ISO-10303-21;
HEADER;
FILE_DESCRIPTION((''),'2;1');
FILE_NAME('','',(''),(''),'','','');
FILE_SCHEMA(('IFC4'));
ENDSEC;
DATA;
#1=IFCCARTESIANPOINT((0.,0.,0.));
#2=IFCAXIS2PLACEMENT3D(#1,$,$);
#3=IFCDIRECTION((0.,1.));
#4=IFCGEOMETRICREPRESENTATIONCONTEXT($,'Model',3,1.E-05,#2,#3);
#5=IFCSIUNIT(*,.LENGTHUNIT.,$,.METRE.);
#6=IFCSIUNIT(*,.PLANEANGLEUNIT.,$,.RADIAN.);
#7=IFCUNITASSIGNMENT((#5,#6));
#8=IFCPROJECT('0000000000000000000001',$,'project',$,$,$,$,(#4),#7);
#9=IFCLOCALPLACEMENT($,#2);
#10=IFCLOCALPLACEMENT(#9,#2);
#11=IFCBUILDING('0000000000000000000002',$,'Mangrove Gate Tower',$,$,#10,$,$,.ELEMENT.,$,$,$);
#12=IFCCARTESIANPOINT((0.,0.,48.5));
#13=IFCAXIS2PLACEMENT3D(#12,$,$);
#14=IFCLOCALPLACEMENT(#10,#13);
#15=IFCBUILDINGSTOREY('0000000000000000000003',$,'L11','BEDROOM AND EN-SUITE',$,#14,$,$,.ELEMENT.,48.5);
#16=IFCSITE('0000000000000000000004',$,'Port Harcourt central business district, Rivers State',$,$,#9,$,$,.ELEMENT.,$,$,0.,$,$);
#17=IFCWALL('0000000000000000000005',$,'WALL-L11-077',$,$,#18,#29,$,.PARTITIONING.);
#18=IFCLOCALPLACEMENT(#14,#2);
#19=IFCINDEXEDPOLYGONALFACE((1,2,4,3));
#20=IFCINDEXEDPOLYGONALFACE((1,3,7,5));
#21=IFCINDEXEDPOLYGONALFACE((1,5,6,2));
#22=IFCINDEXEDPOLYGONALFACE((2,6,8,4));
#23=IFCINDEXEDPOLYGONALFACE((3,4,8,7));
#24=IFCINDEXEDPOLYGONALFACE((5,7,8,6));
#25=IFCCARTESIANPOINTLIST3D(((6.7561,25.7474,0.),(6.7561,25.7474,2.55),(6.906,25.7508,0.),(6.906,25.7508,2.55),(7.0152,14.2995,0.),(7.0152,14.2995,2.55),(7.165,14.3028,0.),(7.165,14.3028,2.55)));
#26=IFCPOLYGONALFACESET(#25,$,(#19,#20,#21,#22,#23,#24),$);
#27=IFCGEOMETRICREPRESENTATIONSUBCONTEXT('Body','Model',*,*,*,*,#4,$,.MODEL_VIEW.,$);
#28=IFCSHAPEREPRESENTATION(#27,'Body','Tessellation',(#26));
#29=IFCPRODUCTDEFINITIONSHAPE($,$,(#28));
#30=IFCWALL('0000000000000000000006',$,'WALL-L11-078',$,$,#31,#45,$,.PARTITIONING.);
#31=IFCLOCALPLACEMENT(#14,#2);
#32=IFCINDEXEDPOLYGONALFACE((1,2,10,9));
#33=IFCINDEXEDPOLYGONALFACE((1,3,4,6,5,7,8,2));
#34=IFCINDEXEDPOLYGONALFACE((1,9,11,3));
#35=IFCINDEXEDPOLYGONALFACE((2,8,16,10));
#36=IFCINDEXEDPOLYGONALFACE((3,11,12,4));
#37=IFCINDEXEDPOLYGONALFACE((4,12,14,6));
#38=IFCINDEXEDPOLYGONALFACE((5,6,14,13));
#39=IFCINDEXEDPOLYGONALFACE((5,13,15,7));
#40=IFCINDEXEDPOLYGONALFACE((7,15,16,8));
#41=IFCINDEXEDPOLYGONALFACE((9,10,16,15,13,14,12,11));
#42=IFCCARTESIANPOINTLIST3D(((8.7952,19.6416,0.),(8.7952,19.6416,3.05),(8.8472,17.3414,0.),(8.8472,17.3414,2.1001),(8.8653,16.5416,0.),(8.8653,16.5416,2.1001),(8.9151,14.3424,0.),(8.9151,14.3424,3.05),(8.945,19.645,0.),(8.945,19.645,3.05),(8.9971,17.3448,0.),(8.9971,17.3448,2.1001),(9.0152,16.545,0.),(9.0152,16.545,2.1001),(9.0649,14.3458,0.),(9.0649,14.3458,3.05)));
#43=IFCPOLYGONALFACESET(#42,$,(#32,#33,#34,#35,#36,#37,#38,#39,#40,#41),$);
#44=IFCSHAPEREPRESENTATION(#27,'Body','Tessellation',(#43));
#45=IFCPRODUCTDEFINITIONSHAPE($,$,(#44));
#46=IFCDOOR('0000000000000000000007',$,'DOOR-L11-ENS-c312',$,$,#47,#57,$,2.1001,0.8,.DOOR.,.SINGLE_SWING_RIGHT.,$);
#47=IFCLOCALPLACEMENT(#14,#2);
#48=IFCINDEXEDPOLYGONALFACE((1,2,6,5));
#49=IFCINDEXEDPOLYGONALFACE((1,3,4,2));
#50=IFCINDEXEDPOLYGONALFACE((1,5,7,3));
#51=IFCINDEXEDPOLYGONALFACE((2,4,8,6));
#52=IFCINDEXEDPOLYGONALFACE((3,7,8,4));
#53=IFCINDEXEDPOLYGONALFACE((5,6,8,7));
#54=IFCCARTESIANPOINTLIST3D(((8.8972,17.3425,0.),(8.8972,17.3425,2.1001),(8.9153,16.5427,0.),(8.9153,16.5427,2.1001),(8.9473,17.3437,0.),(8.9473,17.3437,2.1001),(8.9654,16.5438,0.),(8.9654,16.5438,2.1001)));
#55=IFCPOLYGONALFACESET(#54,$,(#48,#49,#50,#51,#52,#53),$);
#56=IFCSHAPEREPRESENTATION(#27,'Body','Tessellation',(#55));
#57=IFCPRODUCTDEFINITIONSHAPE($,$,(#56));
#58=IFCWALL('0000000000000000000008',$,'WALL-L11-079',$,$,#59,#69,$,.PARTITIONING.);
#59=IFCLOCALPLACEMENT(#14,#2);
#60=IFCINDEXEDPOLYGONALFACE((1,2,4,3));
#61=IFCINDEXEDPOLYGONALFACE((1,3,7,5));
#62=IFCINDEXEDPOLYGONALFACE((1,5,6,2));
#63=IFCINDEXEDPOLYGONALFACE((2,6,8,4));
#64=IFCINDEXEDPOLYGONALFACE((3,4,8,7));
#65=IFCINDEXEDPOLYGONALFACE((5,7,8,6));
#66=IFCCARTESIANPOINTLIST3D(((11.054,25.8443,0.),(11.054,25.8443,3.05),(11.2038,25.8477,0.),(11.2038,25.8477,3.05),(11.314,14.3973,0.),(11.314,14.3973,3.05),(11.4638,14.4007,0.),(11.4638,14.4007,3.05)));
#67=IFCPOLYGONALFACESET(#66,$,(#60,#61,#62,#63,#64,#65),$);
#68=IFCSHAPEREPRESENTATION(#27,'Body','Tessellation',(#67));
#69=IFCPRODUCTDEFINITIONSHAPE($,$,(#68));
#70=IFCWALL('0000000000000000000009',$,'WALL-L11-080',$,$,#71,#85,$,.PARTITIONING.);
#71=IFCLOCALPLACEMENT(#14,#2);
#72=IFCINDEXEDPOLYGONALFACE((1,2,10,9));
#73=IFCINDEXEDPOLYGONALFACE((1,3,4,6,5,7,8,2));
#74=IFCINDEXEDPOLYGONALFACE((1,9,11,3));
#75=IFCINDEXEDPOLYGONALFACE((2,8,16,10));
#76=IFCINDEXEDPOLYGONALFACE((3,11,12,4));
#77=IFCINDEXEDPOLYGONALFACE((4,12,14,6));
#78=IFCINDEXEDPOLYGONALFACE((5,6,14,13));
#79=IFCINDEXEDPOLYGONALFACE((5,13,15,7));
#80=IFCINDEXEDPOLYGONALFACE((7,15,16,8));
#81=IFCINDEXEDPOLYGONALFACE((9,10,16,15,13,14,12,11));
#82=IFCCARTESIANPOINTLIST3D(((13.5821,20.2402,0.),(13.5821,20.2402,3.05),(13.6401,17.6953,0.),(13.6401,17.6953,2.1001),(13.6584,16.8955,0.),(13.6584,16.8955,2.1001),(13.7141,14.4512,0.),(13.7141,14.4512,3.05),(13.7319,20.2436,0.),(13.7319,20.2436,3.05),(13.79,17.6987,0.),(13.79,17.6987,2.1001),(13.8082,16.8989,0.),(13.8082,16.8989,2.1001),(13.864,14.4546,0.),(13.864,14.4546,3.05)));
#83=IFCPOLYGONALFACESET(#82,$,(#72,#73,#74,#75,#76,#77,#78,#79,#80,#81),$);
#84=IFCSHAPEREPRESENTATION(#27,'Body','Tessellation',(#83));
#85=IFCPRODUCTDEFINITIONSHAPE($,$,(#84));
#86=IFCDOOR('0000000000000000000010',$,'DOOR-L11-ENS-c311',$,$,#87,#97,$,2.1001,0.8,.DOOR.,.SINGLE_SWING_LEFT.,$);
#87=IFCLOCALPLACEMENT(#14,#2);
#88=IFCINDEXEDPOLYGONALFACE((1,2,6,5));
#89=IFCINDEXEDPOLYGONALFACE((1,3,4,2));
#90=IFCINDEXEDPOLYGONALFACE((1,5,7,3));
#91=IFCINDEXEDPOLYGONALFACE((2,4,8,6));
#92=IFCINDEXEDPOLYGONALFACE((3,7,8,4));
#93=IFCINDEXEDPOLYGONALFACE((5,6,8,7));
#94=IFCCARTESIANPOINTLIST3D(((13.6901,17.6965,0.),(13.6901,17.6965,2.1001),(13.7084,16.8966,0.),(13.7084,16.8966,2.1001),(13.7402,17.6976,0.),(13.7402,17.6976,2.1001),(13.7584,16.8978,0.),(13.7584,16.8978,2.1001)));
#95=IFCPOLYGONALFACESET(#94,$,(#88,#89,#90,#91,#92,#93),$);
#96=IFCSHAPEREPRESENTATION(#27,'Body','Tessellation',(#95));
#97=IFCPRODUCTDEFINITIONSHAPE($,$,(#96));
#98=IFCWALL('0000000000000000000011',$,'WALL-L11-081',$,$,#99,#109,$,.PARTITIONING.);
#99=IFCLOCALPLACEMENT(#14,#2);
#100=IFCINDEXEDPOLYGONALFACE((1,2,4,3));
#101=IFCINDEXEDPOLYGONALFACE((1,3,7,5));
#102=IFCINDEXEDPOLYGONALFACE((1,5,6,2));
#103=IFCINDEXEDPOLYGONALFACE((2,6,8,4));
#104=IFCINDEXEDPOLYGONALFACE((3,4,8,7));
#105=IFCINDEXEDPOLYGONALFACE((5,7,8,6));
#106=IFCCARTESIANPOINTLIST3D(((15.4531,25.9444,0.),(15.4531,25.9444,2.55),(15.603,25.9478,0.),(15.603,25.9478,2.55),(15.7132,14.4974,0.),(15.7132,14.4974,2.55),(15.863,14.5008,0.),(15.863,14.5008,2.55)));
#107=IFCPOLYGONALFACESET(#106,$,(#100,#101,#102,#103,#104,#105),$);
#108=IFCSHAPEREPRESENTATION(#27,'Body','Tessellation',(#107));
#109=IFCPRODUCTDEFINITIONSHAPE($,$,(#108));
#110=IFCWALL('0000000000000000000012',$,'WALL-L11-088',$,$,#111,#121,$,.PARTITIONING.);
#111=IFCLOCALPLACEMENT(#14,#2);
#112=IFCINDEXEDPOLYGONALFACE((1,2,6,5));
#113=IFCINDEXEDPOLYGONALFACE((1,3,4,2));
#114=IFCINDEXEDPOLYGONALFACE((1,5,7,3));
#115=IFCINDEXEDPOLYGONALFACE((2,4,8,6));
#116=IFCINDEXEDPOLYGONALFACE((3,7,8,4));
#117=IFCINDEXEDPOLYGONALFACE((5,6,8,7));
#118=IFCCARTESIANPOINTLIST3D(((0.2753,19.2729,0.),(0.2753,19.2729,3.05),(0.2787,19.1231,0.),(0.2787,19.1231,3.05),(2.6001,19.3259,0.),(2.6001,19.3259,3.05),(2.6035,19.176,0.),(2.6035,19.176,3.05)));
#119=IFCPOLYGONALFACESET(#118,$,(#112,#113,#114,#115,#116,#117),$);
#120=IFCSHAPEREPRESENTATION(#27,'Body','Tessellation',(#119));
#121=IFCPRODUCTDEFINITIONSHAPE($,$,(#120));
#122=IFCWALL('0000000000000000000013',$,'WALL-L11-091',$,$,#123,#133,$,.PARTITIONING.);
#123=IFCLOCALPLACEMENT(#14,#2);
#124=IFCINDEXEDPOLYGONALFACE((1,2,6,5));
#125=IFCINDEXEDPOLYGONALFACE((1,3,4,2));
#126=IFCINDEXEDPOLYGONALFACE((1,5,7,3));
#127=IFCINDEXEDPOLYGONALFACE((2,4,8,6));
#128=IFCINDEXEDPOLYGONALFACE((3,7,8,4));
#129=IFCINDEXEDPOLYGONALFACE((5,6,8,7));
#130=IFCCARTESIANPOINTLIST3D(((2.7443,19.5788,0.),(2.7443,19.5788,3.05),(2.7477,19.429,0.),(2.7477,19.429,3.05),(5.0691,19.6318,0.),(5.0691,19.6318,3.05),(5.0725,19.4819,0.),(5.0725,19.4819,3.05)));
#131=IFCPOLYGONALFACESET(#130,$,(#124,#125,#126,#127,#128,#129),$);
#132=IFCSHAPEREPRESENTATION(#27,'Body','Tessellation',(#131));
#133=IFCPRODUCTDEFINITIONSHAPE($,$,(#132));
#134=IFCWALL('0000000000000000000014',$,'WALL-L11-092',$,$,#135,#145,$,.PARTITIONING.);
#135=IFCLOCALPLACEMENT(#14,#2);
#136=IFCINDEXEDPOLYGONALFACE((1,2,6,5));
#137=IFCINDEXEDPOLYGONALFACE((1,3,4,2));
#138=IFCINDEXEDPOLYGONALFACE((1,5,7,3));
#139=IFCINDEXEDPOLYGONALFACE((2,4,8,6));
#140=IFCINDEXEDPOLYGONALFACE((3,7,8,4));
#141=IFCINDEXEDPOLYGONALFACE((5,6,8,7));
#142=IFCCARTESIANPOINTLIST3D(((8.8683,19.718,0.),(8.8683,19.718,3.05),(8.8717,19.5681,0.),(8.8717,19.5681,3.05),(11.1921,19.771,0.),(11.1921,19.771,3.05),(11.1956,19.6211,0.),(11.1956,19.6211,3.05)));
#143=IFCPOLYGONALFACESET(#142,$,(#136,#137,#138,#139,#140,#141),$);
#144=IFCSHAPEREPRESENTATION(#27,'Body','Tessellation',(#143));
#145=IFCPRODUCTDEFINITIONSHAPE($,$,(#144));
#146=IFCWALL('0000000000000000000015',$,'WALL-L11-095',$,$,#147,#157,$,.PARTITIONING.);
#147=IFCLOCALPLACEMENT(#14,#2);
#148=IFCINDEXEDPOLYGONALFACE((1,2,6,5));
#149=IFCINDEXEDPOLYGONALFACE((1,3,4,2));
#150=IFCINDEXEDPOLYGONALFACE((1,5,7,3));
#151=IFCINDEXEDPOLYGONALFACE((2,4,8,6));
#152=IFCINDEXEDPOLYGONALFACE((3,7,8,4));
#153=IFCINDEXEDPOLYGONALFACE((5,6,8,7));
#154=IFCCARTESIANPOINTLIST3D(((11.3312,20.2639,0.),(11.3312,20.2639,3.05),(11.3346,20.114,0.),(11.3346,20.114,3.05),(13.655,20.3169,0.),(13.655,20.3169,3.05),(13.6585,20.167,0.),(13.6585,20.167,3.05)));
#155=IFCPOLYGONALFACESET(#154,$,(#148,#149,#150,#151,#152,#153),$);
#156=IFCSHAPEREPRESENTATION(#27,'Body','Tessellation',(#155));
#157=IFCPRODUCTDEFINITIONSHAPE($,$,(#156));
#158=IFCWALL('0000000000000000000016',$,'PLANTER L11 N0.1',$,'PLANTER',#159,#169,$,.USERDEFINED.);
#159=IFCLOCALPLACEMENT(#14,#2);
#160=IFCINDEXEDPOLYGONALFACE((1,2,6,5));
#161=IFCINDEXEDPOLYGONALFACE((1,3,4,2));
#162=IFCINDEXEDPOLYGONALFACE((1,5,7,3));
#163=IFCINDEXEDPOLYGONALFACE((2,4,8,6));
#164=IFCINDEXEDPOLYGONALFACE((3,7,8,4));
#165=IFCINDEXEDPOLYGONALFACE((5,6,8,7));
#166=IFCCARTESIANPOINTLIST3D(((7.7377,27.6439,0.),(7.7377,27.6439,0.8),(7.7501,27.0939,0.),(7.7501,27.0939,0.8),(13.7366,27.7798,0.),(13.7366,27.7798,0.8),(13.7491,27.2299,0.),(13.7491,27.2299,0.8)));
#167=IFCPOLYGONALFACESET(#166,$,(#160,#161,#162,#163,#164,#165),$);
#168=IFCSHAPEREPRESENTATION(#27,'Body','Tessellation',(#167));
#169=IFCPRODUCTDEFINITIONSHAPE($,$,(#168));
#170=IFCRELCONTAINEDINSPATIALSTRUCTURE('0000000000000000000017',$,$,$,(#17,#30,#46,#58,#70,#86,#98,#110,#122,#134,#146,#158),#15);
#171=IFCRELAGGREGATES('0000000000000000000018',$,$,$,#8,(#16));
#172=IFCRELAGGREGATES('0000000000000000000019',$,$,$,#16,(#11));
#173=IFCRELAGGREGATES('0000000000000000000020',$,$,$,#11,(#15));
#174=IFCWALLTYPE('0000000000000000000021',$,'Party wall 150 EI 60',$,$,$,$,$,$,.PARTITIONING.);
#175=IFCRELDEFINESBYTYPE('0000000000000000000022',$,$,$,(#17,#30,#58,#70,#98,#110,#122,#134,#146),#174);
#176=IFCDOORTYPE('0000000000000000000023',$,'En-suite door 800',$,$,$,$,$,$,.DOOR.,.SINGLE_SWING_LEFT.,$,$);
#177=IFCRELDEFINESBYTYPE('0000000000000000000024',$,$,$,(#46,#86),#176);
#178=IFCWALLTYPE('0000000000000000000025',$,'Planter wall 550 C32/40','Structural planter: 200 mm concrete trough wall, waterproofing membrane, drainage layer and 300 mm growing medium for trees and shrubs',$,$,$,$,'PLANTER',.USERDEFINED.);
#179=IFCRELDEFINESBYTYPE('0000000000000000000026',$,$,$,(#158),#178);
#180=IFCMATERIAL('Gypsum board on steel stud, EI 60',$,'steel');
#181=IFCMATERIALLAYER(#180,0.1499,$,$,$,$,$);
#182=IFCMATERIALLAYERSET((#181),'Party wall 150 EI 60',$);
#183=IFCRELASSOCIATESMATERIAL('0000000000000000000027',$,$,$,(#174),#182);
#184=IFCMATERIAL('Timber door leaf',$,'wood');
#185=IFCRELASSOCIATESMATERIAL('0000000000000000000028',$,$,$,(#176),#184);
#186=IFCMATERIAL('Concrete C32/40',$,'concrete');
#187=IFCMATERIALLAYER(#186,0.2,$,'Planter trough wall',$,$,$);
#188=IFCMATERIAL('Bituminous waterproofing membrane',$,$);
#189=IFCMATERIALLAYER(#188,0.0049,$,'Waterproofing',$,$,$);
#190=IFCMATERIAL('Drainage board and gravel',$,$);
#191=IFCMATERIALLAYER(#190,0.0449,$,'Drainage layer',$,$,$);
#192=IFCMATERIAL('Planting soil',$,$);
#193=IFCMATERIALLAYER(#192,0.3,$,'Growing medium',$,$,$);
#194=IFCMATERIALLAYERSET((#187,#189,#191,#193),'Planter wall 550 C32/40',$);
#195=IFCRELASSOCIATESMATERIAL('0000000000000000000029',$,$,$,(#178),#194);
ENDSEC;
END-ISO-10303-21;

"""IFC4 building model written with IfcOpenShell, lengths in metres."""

from ifc_helpers import new_model, si_unit, direction, frame, frame_2d, origin, place, context, subcontext, project, spatial, rectangle, extrude, material, layer, layer_set, type_object, element, fill, save


model = new_model("IFC4")

# Units and contexts
model_context = context("Model", 3, precision=1e-05, world=origin(), true_north=direction((0.0, 1.0)))
body_context = subcontext(model_context, "Body", "Model", "MODEL_VIEW")
ifc_project = project(units=[si_unit("LENGTHUNIT", "METRE"), si_unit("PLANEANGLEUNIT", "RADIAN")], contexts=[model_context])

# Site, building, storey
site_placement = place(None, origin())
site = spatial("IfcSite", under=ifc_project, at=site_placement, Name="Port Harcourt central business district, Rivers State", CompositionType="ELEMENT", RefElevation=0.0)
building_placement = place(site_placement, origin())
building = spatial("IfcBuilding", under=site, at=building_placement, Name="Mangrove Gate Tower", CompositionType="ELEMENT")
storey_placement = place(building_placement, frame((0.0, 0.0, 48.5)))
storey = spatial("IfcBuildingStorey", under=building, at=storey_placement, Name="L11", Description="BEDROOM AND EN-SUITE", CompositionType="ELEMENT", Elevation=48.5)

# Shared definitions
ifc_material_1 = material(Name="Gypsum board on steel stud, EI 60", Category="steel")
ifc_layer_1 = layer(ifc_material_1, 0.1499)
ifc_layer_set_1 = layer_set([ifc_layer_1], Name="Party wall 150 EI 60")
wall_type_1 = type_object("IfcWallType", Name="Party wall 150 EI 60", PredefinedType="PARTITIONING", material=ifc_layer_set_1)
ifc_material_2 = material(Name="Timber door leaf", Category="wood")
door_type_1 = type_object("IfcDoorType", Name="En-suite door 800", OperationType="SINGLE_SWING_LEFT", PredefinedType="DOOR", material=ifc_material_2)

# Wall
wall_1_placement = place(storey_placement, frame((7.0901, 14.301, 0.0), z_axis=(0.0, 0.0, 1.0), x_axis=(-0.022621, 0.999744, 0.0)))
element("IfcWall", 1, at=wall_1_placement, inside=storey, type_object=wall_type_1, Name="WALL-L11-077", PredefinedType="PARTITIONING", context=body_context, shape_type="SweptSolid", body=[
    extrude(rectangle(XDim=11.4509, YDim=0.1499, at=frame_2d((5.7256, 0.0))), origin(), (0.0, 0.0, 1.0), 2.55),
])

# Wall, opening, door
wall_2_placement = place(storey_placement, frame((8.99, 14.344, 0.0), z_axis=(0.0, 0.0, 1.0), x_axis=(-0.022616, 0.999744, 0.0)))
wall_2 = element("IfcWall", 2, at=wall_2_placement, inside=storey, type_object=wall_type_1, Name="WALL-L11-078", PredefinedType="PARTITIONING", context=body_context, shape_type="SweptSolid", body=[
    extrude(rectangle(XDim=5.3005, YDim=0.1499, at=frame_2d((2.6504, 0.0))), origin(), (0.0, 0.0, 1.0), 3.05),
])
opening_1_placement = place(wall_2_placement, frame((2.2, 0.0, 0.0)))
opening_1 = element("IfcOpeningElement", 3, at=opening_1_placement, cuts=wall_2, PredefinedType="OPENING", context=body_context, shape_type="SweptSolid", body=[
    extrude(rectangle(XDim=0.8, YDim=2.1001, at=frame_2d((0.3999, 1.05))), frame((0.0, 0.085, 0.0), z_axis=(0.0, -1.0, 0.0), x_axis=(1.0, 0.0, 0.0)), (0.0, 0.0, 1.0), 0.1699),
])
door_1_placement = place(opening_1_placement, origin())
door_1 = element("IfcDoor", 4, at=door_1_placement, inside=storey, type_object=door_type_1, Name="DOOR-L11-ENS-c312", OperationType="SINGLE_SWING_RIGHT", OverallHeight=2.1001, OverallWidth=0.8, PredefinedType="DOOR", context=body_context, shape_type="SweptSolid", body=[
    extrude(rectangle(XDim=0.8, YDim=2.1001, at=frame_2d((0.3999, 1.05))), frame((0.0, 0.0249, 0.0), z_axis=(0.0, -1.0, 0.0), x_axis=(1.0, 0.0, 0.0)), (0.0, 0.0, 1.0), 0.05),
])
fill(opening_1, door_1)

# Wall
wall_3_placement = place(storey_placement, frame((11.3889, 14.3989, 0.0), z_axis=(0.0, 0.0, 1.0), x_axis=(-0.022708, 0.999742, 0.0)))
element("IfcWall", 5, at=wall_3_placement, inside=storey, type_object=wall_type_1, Name="WALL-L11-079", PredefinedType="PARTITIONING", context=body_context, shape_type="SweptSolid", body=[
    extrude(rectangle(XDim=11.45, YDim=0.1499, at=frame_2d((5.7251, 0.0))), origin(), (0.0, 0.0, 1.0), 3.05),
])

# Wall, opening, door
wall_4_placement = place(storey_placement, frame((13.7891, 14.4529, 0.0), z_axis=(0.0, 0.0, 1.0), x_axis=(-0.02281, 0.99974, 0.0)))
wall_4 = element("IfcWall", 6, at=wall_4_placement, inside=storey, type_object=wall_type_1, Name="WALL-L11-080", PredefinedType="PARTITIONING", context=body_context, shape_type="SweptSolid", body=[
    extrude(rectangle(XDim=5.7905, YDim=0.1499, at=frame_2d((2.8953, 0.0))), origin(), (0.0, 0.0, 1.0), 3.05),
])
opening_2_placement = place(wall_4_placement, frame((2.4451, 0.0, 0.0)))
opening_2 = element("IfcOpeningElement", 7, at=opening_2_placement, cuts=wall_4, PredefinedType="OPENING", context=body_context, shape_type="SweptSolid", body=[
    extrude(rectangle(XDim=0.8, YDim=2.1001, at=frame_2d((0.3999, 1.05))), frame((0.0, 0.085, 0.0), z_axis=(0.0, -1.0, 0.0), x_axis=(1.0, 0.0, 0.0)), (0.0, 0.0, 1.0), 0.1699),
])
door_2_placement = place(opening_2_placement, origin())
door_2 = element("IfcDoor", 8, at=door_2_placement, inside=storey, type_object=door_type_1, Name="DOOR-L11-ENS-c311", OperationType="SINGLE_SWING_LEFT", OverallHeight=2.1001, OverallWidth=0.8, PredefinedType="DOOR", context=body_context, shape_type="SweptSolid", body=[
    extrude(rectangle(XDim=0.8, YDim=2.1001, at=frame_2d((0.3999, 1.05))), frame((0.0, 0.0249, 0.0), z_axis=(0.0, -1.0, 0.0), x_axis=(1.0, 0.0, 0.0)), (0.0, 0.0, 1.0), 0.05),
])
fill(opening_2, door_2)

# Walls
wall_5_placement = place(storey_placement, frame((15.7881, 14.499, 0.0), z_axis=(0.0, 0.0, 1.0), x_axis=(-0.022708, 0.999742, 0.0)))
element("IfcWall", 9, at=wall_5_placement, inside=storey, type_object=wall_type_1, Name="WALL-L11-081", PredefinedType="PARTITIONING", context=body_context, shape_type="SweptSolid", body=[
    extrude(rectangle(XDim=11.45, YDim=0.1499, at=frame_2d((5.7251, 0.0))), origin(), (0.0, 0.0, 1.0), 2.55),
])
for number, where, z_axis, x_axis, name in (
    (10, (0.2771, 19.198, 0.0), (0.0, 0.0, 1.0), (0.99974, 0.022781, 0.0), "WALL-L11-088"),
    (11, (2.7461, 19.5039, 0.0), (0.0, 0.0, 1.0), (0.99974, 0.022781, 0.0), "WALL-L11-091"),
):
    element("IfcWall", number, at=place(storey_placement, frame(where, z_axis=z_axis, x_axis=x_axis)), inside=storey, type_object=wall_type_1, Name=name, PredefinedType="PARTITIONING", context=body_context, shape_type="SweptSolid", body=[
        extrude(rectangle(XDim=2.3254, YDim=0.1499, at=frame_2d((1.1626, 0.0))), origin(), (0.0, 0.0, 1.0), 3.05),
    ])
for number, where, z_axis, x_axis, name in (
    (12, (8.8701, 19.6431, 0.0), (0.0, 0.0, 1.0), (0.99974, 0.022791, 0.0), "WALL-L11-092"),
    (13, (11.333, 20.189, 0.0), (0.0, 0.0, 1.0), (0.99974, 0.022791, 0.0), "WALL-L11-095"),
):
    element("IfcWall", number, at=place(storey_placement, frame(where, z_axis=z_axis, x_axis=x_axis)), inside=storey, type_object=wall_type_1, Name=name, PredefinedType="PARTITIONING", context=body_context, shape_type="SweptSolid", body=[
        extrude(rectangle(XDim=2.3245, YDim=0.1499, at=frame_2d((1.1621, 0.0))), origin(), (0.0, 0.0, 1.0), 3.05),
    ])
ifc_material_3 = material(Name="Concrete C32/40", Category="concrete")
ifc_layer_2 = layer(ifc_material_3, 0.2, Name="Planter trough wall")
ifc_material_4 = material(Name="Bituminous waterproofing membrane")
ifc_layer_3 = layer(ifc_material_4, 0.0049, Name="Waterproofing")
ifc_material_5 = material(Name="Drainage board and gravel")
ifc_layer_4 = layer(ifc_material_5, 0.0449, Name="Drainage layer")
ifc_material_6 = material(Name="Planting soil")
ifc_layer_5 = layer(ifc_material_6, 0.3, Name="Growing medium")
ifc_layer_set_2 = layer_set([ifc_layer_2, ifc_layer_3, ifc_layer_4, ifc_layer_5], Name="Planter wall 550 C32/40")
wall_type_2 = type_object("IfcWallType", Name="Planter wall 550 C32/40", Description="Structural planter: 200 mm concrete trough wall, waterproofing membrane, drainage layer and 300 mm growing medium for trees and shrubs", ElementType="PLANTER", PredefinedType="USERDEFINED", material=ifc_layer_set_2)
wall_6_placement = place(storey_placement, frame((7.7439, 27.3689, 0.0), z_axis=(0.0, 0.0, 1.0), x_axis=(0.999743, 0.022662, 0.0)))
element("IfcWall", 14, at=wall_6_placement, inside=storey, type_object=wall_type_2, Name="PLANTER L11 N0.1", ObjectType="PLANTER", PredefinedType="USERDEFINED", context=body_context, shape_type="SweptSolid", body=[
    extrude(rectangle(XDim=6.0005, YDim=0.55, at=frame_2d((3.0002, 0.0))), origin(), (0.0, 0.0, 1.0), 0.8),
])

save(model, "model.ifc")
